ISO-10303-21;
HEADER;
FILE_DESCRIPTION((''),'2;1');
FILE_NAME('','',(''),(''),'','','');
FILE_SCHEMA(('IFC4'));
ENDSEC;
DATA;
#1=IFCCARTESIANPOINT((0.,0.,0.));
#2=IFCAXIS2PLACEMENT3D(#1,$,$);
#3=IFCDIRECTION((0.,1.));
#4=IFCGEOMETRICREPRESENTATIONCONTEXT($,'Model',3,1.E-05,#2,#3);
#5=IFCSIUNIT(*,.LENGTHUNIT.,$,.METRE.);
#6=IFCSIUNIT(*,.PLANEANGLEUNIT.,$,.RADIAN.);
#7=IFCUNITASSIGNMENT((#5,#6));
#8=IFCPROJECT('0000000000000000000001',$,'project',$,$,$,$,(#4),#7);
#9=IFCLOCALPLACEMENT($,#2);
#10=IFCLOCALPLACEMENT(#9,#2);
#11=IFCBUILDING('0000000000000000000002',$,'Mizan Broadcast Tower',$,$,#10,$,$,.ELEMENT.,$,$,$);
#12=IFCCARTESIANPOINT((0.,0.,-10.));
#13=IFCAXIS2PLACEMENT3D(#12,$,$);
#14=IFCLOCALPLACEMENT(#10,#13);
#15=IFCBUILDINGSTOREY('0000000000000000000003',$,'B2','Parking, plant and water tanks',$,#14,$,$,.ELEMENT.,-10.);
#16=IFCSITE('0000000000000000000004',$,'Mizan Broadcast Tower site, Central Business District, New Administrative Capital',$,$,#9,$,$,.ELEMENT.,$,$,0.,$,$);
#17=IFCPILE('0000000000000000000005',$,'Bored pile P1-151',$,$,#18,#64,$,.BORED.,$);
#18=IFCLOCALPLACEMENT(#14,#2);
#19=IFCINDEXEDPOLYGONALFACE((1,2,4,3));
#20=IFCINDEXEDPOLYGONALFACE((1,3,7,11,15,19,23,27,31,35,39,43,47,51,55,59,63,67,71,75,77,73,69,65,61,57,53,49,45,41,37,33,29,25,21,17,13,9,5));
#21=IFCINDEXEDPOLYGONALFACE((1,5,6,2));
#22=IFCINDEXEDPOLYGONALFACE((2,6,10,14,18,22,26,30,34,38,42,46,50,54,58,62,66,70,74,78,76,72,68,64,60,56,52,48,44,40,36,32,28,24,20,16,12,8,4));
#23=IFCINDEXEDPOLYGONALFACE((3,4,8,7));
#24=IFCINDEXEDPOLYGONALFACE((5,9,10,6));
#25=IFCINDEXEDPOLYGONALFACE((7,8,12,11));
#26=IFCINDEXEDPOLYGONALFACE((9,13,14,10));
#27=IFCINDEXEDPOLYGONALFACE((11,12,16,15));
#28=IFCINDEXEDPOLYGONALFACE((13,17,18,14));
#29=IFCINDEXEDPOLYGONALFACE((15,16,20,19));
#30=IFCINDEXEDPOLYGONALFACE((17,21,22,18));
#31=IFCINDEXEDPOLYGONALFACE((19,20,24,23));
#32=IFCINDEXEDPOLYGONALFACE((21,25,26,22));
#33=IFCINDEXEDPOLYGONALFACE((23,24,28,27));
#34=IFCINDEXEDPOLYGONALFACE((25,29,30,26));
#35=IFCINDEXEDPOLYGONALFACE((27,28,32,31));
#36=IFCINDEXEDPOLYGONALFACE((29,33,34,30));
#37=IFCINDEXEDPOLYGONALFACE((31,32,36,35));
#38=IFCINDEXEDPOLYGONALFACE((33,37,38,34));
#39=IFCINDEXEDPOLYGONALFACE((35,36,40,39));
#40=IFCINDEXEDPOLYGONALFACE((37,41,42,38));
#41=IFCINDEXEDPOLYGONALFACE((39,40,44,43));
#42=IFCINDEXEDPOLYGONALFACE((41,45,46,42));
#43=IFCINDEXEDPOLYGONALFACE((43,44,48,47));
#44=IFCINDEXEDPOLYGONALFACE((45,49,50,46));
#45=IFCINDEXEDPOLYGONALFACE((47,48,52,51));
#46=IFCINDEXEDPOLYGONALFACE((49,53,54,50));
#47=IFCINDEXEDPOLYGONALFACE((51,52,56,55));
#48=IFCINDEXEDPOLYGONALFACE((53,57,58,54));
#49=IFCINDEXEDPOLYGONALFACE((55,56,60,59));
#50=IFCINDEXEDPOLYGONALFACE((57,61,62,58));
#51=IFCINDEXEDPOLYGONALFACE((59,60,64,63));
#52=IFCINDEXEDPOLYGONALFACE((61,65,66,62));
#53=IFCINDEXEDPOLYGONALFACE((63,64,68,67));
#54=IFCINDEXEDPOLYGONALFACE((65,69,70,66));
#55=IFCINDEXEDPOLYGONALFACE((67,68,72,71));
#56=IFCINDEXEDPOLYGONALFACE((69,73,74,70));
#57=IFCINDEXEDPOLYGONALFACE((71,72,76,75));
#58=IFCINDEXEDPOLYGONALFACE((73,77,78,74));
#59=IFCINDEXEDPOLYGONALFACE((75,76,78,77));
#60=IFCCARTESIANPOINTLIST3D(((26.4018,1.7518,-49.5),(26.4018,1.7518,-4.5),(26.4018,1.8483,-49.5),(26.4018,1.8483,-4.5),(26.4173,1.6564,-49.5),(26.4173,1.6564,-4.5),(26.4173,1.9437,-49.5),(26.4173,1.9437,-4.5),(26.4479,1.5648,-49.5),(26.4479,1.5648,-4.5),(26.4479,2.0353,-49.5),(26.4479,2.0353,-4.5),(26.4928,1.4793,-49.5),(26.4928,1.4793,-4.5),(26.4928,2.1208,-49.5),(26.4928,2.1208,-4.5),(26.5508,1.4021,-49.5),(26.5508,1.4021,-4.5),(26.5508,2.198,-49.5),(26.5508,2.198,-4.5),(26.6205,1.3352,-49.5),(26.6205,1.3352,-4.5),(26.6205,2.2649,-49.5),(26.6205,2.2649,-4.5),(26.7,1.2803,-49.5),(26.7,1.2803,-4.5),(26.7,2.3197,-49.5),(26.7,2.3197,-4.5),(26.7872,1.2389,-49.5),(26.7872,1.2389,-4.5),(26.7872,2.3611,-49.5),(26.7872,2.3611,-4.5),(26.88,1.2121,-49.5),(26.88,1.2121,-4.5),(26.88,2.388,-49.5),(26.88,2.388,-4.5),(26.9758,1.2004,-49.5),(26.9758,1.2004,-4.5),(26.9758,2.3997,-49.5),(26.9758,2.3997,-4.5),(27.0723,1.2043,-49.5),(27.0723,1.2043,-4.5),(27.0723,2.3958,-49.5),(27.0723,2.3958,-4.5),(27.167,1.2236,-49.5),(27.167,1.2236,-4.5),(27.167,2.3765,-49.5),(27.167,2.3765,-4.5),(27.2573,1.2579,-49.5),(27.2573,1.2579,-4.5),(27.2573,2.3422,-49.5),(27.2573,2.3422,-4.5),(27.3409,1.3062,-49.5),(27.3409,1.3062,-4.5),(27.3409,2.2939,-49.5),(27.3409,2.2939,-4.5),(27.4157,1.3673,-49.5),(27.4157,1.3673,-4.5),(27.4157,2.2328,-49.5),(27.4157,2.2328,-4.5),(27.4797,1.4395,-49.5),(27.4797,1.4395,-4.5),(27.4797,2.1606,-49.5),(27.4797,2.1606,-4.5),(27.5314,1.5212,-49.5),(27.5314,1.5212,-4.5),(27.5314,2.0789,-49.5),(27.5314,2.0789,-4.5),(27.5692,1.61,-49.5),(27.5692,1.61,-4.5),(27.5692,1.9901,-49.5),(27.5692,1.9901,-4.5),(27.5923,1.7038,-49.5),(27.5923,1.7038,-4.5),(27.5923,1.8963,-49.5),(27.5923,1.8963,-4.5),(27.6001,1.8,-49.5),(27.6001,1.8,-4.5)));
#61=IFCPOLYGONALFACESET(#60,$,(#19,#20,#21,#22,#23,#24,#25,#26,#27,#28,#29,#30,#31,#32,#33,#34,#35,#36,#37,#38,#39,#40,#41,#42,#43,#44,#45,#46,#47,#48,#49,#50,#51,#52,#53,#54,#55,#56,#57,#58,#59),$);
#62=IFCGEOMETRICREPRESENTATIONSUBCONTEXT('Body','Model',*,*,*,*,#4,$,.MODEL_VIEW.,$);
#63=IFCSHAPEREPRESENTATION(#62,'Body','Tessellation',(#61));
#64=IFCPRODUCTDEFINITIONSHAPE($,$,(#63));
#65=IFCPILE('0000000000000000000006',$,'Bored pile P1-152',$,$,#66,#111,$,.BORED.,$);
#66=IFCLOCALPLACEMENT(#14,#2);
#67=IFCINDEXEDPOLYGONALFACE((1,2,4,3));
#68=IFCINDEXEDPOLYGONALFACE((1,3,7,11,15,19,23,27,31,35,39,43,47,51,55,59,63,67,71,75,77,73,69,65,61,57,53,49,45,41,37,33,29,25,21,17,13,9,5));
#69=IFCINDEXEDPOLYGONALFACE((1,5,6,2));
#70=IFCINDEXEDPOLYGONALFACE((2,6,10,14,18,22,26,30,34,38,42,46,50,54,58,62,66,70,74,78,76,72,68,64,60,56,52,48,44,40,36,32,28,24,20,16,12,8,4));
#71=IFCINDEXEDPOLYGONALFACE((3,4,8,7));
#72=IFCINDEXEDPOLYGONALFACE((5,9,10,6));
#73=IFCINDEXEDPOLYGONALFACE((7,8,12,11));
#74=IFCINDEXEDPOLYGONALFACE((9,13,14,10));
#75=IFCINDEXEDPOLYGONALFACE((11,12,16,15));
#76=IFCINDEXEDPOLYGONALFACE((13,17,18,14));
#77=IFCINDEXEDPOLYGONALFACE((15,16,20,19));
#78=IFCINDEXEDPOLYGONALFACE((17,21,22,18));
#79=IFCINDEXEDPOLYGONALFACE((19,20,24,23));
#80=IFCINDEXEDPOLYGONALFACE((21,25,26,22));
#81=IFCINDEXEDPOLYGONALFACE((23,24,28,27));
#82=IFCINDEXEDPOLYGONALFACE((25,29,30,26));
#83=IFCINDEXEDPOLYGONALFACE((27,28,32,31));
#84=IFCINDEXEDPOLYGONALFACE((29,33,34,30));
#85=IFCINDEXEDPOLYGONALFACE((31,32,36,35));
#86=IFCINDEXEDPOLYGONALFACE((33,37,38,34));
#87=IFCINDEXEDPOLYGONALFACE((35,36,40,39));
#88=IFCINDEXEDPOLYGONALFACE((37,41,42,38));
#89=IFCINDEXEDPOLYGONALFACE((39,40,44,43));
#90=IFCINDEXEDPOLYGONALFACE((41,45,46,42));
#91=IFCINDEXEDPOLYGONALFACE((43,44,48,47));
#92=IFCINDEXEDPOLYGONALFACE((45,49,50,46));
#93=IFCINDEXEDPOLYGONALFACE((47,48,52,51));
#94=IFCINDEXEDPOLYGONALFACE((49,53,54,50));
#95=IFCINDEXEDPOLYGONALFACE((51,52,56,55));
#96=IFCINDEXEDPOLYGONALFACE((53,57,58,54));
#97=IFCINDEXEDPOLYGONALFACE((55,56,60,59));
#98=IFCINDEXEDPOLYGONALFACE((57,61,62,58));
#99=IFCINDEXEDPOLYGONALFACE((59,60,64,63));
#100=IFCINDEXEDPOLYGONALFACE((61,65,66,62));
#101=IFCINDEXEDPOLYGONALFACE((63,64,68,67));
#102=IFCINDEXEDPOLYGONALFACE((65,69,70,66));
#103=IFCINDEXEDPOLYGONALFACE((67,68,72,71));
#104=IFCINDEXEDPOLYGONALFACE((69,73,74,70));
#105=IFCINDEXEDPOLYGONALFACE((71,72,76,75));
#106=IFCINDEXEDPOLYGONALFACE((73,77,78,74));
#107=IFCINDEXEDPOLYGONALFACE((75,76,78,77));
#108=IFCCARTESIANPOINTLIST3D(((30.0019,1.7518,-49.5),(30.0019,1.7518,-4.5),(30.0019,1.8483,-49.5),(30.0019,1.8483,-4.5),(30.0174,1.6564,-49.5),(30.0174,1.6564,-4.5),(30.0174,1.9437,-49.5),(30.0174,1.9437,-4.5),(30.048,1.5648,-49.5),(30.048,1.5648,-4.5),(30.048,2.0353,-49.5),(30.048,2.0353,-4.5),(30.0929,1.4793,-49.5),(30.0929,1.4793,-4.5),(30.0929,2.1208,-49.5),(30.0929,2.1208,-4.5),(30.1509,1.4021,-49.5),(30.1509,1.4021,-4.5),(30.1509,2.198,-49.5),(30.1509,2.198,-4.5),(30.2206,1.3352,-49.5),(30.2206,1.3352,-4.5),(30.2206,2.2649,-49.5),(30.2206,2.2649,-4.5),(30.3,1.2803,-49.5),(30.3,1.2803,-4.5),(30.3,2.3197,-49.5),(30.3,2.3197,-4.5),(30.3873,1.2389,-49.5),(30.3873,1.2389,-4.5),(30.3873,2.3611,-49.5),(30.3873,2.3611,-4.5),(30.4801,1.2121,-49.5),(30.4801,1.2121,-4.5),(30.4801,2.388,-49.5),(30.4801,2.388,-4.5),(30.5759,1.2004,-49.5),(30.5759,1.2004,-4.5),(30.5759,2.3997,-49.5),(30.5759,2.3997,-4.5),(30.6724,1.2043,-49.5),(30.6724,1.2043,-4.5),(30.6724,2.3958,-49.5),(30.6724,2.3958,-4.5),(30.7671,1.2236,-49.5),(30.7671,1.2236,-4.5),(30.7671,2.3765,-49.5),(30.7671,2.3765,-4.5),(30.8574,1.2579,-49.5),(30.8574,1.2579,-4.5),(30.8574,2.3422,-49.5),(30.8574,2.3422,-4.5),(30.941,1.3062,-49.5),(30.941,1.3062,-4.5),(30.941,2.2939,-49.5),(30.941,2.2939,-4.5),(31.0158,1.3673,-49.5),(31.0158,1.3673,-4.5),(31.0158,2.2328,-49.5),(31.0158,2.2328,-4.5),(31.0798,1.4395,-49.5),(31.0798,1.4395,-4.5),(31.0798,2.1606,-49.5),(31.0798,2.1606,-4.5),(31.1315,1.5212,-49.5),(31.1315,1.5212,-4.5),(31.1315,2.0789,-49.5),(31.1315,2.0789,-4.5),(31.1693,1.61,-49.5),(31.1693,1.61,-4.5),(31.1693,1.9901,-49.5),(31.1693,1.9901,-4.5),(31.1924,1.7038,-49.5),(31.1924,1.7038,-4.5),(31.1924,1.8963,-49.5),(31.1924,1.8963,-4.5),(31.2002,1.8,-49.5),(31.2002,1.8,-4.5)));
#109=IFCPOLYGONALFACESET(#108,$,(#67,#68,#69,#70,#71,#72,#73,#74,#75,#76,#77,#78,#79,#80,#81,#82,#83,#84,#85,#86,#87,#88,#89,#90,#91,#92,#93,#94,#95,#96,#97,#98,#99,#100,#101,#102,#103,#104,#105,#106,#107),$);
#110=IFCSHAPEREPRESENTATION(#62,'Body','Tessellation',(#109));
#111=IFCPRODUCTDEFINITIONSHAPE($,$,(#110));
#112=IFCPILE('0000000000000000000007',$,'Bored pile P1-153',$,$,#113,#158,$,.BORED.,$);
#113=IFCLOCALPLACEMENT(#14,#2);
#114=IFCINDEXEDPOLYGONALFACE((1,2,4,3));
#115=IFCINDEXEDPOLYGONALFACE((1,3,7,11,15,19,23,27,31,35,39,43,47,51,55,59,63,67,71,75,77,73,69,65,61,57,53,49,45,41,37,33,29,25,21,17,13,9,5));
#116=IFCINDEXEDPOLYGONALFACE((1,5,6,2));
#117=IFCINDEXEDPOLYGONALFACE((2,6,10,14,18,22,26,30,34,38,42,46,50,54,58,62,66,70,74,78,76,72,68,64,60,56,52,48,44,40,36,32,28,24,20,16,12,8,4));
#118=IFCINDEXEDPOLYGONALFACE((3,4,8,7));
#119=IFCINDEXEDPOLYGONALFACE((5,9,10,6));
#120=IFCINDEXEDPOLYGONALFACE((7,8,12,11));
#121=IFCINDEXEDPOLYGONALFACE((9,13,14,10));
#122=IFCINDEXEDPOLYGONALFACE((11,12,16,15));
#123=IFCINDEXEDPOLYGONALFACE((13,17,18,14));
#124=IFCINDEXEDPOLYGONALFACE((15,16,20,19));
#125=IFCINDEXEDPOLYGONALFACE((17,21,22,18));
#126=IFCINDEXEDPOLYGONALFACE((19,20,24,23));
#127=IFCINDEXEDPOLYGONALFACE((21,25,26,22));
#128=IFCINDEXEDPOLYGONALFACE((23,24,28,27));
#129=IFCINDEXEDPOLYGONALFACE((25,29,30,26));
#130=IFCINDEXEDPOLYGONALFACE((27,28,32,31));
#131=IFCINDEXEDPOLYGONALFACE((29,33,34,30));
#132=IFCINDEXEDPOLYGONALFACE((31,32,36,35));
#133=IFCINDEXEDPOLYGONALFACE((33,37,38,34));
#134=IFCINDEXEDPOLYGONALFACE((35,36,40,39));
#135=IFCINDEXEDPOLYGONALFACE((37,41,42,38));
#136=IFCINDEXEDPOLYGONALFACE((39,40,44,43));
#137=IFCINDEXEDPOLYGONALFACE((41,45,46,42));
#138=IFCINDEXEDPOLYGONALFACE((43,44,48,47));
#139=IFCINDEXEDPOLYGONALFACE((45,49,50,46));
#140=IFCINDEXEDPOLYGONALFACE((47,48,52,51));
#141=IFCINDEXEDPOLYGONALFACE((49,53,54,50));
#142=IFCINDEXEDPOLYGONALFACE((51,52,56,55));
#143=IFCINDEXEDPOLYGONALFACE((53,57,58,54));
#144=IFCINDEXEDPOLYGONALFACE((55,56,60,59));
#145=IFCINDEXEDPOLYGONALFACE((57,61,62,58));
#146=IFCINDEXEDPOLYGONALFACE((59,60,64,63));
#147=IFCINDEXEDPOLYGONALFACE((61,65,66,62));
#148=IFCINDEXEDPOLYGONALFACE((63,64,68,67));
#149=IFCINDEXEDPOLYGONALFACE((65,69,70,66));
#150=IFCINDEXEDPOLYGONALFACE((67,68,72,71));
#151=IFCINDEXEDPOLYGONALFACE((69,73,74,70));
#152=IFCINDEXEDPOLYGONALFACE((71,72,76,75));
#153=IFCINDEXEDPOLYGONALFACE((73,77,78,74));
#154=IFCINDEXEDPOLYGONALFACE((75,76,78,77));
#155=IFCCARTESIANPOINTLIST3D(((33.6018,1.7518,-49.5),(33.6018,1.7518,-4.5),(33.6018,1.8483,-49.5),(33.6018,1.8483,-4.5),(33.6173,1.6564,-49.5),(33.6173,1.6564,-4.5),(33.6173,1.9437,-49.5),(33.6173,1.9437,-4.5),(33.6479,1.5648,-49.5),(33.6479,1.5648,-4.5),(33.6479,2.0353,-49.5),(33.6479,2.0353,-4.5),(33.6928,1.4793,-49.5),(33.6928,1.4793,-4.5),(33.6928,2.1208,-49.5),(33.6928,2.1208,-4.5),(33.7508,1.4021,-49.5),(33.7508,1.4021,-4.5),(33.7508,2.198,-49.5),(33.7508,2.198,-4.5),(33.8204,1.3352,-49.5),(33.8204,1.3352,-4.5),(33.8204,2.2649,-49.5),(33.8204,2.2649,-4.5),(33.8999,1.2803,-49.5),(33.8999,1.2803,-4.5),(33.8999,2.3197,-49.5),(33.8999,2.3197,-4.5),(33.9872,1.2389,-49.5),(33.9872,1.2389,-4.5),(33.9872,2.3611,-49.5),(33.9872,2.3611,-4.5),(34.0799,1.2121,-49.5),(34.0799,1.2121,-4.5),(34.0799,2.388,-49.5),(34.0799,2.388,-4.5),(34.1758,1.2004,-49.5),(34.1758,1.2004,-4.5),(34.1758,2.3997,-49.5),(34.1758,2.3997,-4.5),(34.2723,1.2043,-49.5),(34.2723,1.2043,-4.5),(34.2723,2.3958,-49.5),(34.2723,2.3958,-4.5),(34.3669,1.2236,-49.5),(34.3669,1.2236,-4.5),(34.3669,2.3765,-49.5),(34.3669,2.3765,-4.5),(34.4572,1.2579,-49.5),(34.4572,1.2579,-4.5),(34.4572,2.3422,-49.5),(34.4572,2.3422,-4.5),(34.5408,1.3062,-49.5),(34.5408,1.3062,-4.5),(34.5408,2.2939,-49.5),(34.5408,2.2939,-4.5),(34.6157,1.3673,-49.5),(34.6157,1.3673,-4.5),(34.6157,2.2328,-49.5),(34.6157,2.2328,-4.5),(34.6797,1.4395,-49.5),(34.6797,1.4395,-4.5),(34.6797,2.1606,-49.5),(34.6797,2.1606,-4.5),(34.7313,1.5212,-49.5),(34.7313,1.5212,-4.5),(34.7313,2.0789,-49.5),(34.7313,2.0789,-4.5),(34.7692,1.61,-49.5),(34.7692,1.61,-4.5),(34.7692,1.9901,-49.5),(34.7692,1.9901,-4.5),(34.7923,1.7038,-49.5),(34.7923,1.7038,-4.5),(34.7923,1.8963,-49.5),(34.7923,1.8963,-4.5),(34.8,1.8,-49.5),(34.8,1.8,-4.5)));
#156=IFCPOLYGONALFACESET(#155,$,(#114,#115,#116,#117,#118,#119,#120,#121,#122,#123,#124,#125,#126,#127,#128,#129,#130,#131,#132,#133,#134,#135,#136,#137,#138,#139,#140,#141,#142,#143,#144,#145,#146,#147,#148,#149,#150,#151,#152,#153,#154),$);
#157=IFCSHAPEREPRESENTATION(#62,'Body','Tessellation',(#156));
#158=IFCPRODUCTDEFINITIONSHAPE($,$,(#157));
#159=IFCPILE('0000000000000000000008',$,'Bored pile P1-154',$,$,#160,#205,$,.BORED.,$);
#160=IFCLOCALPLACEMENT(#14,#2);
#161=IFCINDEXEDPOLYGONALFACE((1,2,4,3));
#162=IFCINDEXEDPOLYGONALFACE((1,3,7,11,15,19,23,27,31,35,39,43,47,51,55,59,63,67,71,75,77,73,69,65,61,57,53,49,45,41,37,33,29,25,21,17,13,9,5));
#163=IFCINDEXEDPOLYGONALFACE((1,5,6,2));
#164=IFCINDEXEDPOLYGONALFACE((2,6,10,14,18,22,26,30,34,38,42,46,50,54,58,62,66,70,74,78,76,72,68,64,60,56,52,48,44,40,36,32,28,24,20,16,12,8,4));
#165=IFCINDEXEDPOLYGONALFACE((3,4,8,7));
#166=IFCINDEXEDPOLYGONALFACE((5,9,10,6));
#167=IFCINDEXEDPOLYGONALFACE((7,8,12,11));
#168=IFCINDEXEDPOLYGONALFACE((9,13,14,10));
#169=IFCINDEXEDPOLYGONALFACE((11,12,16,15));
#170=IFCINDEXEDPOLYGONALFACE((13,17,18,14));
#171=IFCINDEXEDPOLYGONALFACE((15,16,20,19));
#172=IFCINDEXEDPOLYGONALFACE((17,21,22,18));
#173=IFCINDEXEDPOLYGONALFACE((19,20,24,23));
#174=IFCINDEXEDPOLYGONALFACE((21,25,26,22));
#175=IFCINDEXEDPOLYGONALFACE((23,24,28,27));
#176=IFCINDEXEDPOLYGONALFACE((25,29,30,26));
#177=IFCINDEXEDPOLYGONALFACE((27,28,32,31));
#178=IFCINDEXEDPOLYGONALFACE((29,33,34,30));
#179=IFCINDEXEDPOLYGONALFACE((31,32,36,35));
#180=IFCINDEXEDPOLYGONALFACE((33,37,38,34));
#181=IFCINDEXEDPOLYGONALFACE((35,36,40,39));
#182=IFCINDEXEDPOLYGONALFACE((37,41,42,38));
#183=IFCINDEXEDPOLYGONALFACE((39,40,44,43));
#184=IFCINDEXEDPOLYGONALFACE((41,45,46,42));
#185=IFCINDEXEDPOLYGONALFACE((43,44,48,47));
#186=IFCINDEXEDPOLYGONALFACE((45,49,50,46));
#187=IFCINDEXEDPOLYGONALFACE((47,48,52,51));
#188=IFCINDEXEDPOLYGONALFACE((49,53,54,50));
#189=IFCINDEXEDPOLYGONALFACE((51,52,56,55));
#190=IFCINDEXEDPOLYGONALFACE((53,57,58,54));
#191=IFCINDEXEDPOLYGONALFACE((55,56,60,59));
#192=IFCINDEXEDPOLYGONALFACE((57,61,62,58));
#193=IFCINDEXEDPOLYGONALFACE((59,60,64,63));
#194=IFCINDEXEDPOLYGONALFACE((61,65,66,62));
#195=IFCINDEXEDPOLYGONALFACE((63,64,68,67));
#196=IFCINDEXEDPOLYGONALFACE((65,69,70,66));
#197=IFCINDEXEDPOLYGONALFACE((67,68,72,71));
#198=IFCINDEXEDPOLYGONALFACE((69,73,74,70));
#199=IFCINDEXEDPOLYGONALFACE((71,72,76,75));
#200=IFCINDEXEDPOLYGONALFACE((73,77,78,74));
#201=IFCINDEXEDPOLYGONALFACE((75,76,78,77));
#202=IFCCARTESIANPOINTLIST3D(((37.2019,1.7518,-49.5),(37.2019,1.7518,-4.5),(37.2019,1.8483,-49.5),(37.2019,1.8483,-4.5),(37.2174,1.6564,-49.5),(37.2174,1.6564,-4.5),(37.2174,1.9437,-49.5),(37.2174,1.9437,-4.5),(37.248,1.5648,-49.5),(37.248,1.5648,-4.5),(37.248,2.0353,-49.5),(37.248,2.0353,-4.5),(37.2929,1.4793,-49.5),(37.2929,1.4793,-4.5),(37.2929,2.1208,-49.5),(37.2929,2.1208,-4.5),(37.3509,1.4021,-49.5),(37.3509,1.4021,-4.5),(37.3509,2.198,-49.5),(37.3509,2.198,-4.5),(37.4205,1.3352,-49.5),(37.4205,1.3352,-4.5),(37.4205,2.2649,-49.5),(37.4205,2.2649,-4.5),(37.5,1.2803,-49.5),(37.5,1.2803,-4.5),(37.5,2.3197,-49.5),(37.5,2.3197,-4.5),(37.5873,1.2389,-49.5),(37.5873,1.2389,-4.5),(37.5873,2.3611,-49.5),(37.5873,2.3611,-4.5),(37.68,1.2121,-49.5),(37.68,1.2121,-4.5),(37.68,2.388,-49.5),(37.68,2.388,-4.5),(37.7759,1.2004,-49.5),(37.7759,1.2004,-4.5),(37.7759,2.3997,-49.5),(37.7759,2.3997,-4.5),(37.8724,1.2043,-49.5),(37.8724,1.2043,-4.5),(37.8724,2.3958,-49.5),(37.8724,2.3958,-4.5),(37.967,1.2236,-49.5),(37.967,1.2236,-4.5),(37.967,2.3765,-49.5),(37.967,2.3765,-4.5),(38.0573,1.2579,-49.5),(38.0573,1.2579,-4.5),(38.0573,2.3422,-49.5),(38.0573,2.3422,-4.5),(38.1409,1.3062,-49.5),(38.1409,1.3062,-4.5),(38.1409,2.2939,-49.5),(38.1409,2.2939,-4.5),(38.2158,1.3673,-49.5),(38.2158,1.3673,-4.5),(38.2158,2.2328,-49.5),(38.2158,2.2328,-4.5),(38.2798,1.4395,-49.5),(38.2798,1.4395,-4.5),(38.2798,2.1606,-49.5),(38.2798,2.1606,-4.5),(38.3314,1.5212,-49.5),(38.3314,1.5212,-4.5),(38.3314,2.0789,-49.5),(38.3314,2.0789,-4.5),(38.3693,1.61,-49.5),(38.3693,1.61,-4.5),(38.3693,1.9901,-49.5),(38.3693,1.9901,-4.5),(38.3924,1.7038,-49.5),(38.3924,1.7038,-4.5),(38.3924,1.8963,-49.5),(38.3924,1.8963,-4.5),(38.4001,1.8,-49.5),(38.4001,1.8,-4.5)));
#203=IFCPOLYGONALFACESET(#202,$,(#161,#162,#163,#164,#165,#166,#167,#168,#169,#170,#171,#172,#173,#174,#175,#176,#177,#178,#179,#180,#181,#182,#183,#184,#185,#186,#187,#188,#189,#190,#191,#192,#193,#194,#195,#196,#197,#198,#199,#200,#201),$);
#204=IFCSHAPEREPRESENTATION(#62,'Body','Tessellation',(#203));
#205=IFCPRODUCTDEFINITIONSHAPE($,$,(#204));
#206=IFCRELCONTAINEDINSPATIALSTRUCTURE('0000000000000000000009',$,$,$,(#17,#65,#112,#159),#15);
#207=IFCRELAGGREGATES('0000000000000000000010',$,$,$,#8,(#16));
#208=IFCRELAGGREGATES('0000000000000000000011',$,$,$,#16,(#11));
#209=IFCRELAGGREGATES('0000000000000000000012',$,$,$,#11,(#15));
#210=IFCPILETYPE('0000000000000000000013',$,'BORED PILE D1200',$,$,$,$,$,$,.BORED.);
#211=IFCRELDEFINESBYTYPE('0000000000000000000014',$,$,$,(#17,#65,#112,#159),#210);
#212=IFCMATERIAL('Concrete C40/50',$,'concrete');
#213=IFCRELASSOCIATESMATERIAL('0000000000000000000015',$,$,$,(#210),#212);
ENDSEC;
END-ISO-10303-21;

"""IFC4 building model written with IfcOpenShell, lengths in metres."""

from ifc_helpers import new_model, si_unit, direction, frame, origin, origin_2d, place, context, subcontext, project, spatial, circle, extrude, material, material_profile, profile_set, type_object, element, save


model = new_model("IFC4")

# Units and contexts
model_context = context("Model", 3, precision=1e-05, world=origin(), true_north=direction((0.0, 1.0)))
body_context = subcontext(model_context, "Body", "Model", "MODEL_VIEW")
ifc_project = project(units=[si_unit("LENGTHUNIT", "METRE"), si_unit("PLANEANGLEUNIT", "RADIAN")], contexts=[model_context])

# Site, building, storey
site_placement = place(None, origin())
site = spatial("IfcSite", under=ifc_project, at=site_placement, Name="Mizan Broadcast Tower site, Central Business District, New Administrative Capital", CompositionType="ELEMENT", RefElevation=0.0)
building_placement = place(site_placement, origin())
building = spatial("IfcBuilding", under=site, at=building_placement, Name="Mizan Broadcast Tower", CompositionType="ELEMENT")
storey_placement = place(building_placement, frame((0.0, 0.0, -10.0)))
storey = spatial("IfcBuildingStorey", under=building, at=storey_placement, Name="B2", Description="Parking, plant and water tanks", CompositionType="ELEMENT", Elevation=-10.0)

# Piles
ifc_material_1 = material(Name="Concrete C40/50", Category="concrete")
ifc_material_profile_1 = material_profile(ifc_material_1, circle(Radius=0.6001, at=origin_2d()), Name="D1200")
ifc_profile_set_1 = profile_set([ifc_material_profile_1], Name="Concrete C40/50")
pile_type_1 = type_object("IfcPileType", Name="BORED PILE D1200", PredefinedType="BORED", material=ifc_profile_set_1)
for number, where, z_axis, x_axis, name in (
    (1, (27.0, 1.8, -4.5), (0.0, 0.0, -1.0), (1.0, 0.0, 0.0), "Bored pile P1-151"),
    (2, (30.6001, 1.8, -4.5), (0.0, 0.0, -1.0), (1.0, 0.0, 0.0), "Bored pile P1-152"),
    (3, (34.2, 1.8, -4.5), (0.0, 0.0, -1.0), (1.0, 0.0, 0.0), "Bored pile P1-153"),
    (4, (37.8, 1.8, -4.5), (0.0, 0.0, -1.0), (1.0, 0.0, 0.0), "Bored pile P1-154"),
):
    element("IfcPile", number, at=place(storey_placement, frame(where, z_axis=z_axis, x_axis=x_axis)), inside=storey, type_object=pile_type_1, Name=name, PredefinedType="BORED", context=body_context, shape_type="SweptSolid", body=[
        extrude(circle(Radius=0.6001, at=origin_2d()), origin(), (0.0, 0.0, 1.0), 45.0),
    ])

save(model, "model.ifc")
